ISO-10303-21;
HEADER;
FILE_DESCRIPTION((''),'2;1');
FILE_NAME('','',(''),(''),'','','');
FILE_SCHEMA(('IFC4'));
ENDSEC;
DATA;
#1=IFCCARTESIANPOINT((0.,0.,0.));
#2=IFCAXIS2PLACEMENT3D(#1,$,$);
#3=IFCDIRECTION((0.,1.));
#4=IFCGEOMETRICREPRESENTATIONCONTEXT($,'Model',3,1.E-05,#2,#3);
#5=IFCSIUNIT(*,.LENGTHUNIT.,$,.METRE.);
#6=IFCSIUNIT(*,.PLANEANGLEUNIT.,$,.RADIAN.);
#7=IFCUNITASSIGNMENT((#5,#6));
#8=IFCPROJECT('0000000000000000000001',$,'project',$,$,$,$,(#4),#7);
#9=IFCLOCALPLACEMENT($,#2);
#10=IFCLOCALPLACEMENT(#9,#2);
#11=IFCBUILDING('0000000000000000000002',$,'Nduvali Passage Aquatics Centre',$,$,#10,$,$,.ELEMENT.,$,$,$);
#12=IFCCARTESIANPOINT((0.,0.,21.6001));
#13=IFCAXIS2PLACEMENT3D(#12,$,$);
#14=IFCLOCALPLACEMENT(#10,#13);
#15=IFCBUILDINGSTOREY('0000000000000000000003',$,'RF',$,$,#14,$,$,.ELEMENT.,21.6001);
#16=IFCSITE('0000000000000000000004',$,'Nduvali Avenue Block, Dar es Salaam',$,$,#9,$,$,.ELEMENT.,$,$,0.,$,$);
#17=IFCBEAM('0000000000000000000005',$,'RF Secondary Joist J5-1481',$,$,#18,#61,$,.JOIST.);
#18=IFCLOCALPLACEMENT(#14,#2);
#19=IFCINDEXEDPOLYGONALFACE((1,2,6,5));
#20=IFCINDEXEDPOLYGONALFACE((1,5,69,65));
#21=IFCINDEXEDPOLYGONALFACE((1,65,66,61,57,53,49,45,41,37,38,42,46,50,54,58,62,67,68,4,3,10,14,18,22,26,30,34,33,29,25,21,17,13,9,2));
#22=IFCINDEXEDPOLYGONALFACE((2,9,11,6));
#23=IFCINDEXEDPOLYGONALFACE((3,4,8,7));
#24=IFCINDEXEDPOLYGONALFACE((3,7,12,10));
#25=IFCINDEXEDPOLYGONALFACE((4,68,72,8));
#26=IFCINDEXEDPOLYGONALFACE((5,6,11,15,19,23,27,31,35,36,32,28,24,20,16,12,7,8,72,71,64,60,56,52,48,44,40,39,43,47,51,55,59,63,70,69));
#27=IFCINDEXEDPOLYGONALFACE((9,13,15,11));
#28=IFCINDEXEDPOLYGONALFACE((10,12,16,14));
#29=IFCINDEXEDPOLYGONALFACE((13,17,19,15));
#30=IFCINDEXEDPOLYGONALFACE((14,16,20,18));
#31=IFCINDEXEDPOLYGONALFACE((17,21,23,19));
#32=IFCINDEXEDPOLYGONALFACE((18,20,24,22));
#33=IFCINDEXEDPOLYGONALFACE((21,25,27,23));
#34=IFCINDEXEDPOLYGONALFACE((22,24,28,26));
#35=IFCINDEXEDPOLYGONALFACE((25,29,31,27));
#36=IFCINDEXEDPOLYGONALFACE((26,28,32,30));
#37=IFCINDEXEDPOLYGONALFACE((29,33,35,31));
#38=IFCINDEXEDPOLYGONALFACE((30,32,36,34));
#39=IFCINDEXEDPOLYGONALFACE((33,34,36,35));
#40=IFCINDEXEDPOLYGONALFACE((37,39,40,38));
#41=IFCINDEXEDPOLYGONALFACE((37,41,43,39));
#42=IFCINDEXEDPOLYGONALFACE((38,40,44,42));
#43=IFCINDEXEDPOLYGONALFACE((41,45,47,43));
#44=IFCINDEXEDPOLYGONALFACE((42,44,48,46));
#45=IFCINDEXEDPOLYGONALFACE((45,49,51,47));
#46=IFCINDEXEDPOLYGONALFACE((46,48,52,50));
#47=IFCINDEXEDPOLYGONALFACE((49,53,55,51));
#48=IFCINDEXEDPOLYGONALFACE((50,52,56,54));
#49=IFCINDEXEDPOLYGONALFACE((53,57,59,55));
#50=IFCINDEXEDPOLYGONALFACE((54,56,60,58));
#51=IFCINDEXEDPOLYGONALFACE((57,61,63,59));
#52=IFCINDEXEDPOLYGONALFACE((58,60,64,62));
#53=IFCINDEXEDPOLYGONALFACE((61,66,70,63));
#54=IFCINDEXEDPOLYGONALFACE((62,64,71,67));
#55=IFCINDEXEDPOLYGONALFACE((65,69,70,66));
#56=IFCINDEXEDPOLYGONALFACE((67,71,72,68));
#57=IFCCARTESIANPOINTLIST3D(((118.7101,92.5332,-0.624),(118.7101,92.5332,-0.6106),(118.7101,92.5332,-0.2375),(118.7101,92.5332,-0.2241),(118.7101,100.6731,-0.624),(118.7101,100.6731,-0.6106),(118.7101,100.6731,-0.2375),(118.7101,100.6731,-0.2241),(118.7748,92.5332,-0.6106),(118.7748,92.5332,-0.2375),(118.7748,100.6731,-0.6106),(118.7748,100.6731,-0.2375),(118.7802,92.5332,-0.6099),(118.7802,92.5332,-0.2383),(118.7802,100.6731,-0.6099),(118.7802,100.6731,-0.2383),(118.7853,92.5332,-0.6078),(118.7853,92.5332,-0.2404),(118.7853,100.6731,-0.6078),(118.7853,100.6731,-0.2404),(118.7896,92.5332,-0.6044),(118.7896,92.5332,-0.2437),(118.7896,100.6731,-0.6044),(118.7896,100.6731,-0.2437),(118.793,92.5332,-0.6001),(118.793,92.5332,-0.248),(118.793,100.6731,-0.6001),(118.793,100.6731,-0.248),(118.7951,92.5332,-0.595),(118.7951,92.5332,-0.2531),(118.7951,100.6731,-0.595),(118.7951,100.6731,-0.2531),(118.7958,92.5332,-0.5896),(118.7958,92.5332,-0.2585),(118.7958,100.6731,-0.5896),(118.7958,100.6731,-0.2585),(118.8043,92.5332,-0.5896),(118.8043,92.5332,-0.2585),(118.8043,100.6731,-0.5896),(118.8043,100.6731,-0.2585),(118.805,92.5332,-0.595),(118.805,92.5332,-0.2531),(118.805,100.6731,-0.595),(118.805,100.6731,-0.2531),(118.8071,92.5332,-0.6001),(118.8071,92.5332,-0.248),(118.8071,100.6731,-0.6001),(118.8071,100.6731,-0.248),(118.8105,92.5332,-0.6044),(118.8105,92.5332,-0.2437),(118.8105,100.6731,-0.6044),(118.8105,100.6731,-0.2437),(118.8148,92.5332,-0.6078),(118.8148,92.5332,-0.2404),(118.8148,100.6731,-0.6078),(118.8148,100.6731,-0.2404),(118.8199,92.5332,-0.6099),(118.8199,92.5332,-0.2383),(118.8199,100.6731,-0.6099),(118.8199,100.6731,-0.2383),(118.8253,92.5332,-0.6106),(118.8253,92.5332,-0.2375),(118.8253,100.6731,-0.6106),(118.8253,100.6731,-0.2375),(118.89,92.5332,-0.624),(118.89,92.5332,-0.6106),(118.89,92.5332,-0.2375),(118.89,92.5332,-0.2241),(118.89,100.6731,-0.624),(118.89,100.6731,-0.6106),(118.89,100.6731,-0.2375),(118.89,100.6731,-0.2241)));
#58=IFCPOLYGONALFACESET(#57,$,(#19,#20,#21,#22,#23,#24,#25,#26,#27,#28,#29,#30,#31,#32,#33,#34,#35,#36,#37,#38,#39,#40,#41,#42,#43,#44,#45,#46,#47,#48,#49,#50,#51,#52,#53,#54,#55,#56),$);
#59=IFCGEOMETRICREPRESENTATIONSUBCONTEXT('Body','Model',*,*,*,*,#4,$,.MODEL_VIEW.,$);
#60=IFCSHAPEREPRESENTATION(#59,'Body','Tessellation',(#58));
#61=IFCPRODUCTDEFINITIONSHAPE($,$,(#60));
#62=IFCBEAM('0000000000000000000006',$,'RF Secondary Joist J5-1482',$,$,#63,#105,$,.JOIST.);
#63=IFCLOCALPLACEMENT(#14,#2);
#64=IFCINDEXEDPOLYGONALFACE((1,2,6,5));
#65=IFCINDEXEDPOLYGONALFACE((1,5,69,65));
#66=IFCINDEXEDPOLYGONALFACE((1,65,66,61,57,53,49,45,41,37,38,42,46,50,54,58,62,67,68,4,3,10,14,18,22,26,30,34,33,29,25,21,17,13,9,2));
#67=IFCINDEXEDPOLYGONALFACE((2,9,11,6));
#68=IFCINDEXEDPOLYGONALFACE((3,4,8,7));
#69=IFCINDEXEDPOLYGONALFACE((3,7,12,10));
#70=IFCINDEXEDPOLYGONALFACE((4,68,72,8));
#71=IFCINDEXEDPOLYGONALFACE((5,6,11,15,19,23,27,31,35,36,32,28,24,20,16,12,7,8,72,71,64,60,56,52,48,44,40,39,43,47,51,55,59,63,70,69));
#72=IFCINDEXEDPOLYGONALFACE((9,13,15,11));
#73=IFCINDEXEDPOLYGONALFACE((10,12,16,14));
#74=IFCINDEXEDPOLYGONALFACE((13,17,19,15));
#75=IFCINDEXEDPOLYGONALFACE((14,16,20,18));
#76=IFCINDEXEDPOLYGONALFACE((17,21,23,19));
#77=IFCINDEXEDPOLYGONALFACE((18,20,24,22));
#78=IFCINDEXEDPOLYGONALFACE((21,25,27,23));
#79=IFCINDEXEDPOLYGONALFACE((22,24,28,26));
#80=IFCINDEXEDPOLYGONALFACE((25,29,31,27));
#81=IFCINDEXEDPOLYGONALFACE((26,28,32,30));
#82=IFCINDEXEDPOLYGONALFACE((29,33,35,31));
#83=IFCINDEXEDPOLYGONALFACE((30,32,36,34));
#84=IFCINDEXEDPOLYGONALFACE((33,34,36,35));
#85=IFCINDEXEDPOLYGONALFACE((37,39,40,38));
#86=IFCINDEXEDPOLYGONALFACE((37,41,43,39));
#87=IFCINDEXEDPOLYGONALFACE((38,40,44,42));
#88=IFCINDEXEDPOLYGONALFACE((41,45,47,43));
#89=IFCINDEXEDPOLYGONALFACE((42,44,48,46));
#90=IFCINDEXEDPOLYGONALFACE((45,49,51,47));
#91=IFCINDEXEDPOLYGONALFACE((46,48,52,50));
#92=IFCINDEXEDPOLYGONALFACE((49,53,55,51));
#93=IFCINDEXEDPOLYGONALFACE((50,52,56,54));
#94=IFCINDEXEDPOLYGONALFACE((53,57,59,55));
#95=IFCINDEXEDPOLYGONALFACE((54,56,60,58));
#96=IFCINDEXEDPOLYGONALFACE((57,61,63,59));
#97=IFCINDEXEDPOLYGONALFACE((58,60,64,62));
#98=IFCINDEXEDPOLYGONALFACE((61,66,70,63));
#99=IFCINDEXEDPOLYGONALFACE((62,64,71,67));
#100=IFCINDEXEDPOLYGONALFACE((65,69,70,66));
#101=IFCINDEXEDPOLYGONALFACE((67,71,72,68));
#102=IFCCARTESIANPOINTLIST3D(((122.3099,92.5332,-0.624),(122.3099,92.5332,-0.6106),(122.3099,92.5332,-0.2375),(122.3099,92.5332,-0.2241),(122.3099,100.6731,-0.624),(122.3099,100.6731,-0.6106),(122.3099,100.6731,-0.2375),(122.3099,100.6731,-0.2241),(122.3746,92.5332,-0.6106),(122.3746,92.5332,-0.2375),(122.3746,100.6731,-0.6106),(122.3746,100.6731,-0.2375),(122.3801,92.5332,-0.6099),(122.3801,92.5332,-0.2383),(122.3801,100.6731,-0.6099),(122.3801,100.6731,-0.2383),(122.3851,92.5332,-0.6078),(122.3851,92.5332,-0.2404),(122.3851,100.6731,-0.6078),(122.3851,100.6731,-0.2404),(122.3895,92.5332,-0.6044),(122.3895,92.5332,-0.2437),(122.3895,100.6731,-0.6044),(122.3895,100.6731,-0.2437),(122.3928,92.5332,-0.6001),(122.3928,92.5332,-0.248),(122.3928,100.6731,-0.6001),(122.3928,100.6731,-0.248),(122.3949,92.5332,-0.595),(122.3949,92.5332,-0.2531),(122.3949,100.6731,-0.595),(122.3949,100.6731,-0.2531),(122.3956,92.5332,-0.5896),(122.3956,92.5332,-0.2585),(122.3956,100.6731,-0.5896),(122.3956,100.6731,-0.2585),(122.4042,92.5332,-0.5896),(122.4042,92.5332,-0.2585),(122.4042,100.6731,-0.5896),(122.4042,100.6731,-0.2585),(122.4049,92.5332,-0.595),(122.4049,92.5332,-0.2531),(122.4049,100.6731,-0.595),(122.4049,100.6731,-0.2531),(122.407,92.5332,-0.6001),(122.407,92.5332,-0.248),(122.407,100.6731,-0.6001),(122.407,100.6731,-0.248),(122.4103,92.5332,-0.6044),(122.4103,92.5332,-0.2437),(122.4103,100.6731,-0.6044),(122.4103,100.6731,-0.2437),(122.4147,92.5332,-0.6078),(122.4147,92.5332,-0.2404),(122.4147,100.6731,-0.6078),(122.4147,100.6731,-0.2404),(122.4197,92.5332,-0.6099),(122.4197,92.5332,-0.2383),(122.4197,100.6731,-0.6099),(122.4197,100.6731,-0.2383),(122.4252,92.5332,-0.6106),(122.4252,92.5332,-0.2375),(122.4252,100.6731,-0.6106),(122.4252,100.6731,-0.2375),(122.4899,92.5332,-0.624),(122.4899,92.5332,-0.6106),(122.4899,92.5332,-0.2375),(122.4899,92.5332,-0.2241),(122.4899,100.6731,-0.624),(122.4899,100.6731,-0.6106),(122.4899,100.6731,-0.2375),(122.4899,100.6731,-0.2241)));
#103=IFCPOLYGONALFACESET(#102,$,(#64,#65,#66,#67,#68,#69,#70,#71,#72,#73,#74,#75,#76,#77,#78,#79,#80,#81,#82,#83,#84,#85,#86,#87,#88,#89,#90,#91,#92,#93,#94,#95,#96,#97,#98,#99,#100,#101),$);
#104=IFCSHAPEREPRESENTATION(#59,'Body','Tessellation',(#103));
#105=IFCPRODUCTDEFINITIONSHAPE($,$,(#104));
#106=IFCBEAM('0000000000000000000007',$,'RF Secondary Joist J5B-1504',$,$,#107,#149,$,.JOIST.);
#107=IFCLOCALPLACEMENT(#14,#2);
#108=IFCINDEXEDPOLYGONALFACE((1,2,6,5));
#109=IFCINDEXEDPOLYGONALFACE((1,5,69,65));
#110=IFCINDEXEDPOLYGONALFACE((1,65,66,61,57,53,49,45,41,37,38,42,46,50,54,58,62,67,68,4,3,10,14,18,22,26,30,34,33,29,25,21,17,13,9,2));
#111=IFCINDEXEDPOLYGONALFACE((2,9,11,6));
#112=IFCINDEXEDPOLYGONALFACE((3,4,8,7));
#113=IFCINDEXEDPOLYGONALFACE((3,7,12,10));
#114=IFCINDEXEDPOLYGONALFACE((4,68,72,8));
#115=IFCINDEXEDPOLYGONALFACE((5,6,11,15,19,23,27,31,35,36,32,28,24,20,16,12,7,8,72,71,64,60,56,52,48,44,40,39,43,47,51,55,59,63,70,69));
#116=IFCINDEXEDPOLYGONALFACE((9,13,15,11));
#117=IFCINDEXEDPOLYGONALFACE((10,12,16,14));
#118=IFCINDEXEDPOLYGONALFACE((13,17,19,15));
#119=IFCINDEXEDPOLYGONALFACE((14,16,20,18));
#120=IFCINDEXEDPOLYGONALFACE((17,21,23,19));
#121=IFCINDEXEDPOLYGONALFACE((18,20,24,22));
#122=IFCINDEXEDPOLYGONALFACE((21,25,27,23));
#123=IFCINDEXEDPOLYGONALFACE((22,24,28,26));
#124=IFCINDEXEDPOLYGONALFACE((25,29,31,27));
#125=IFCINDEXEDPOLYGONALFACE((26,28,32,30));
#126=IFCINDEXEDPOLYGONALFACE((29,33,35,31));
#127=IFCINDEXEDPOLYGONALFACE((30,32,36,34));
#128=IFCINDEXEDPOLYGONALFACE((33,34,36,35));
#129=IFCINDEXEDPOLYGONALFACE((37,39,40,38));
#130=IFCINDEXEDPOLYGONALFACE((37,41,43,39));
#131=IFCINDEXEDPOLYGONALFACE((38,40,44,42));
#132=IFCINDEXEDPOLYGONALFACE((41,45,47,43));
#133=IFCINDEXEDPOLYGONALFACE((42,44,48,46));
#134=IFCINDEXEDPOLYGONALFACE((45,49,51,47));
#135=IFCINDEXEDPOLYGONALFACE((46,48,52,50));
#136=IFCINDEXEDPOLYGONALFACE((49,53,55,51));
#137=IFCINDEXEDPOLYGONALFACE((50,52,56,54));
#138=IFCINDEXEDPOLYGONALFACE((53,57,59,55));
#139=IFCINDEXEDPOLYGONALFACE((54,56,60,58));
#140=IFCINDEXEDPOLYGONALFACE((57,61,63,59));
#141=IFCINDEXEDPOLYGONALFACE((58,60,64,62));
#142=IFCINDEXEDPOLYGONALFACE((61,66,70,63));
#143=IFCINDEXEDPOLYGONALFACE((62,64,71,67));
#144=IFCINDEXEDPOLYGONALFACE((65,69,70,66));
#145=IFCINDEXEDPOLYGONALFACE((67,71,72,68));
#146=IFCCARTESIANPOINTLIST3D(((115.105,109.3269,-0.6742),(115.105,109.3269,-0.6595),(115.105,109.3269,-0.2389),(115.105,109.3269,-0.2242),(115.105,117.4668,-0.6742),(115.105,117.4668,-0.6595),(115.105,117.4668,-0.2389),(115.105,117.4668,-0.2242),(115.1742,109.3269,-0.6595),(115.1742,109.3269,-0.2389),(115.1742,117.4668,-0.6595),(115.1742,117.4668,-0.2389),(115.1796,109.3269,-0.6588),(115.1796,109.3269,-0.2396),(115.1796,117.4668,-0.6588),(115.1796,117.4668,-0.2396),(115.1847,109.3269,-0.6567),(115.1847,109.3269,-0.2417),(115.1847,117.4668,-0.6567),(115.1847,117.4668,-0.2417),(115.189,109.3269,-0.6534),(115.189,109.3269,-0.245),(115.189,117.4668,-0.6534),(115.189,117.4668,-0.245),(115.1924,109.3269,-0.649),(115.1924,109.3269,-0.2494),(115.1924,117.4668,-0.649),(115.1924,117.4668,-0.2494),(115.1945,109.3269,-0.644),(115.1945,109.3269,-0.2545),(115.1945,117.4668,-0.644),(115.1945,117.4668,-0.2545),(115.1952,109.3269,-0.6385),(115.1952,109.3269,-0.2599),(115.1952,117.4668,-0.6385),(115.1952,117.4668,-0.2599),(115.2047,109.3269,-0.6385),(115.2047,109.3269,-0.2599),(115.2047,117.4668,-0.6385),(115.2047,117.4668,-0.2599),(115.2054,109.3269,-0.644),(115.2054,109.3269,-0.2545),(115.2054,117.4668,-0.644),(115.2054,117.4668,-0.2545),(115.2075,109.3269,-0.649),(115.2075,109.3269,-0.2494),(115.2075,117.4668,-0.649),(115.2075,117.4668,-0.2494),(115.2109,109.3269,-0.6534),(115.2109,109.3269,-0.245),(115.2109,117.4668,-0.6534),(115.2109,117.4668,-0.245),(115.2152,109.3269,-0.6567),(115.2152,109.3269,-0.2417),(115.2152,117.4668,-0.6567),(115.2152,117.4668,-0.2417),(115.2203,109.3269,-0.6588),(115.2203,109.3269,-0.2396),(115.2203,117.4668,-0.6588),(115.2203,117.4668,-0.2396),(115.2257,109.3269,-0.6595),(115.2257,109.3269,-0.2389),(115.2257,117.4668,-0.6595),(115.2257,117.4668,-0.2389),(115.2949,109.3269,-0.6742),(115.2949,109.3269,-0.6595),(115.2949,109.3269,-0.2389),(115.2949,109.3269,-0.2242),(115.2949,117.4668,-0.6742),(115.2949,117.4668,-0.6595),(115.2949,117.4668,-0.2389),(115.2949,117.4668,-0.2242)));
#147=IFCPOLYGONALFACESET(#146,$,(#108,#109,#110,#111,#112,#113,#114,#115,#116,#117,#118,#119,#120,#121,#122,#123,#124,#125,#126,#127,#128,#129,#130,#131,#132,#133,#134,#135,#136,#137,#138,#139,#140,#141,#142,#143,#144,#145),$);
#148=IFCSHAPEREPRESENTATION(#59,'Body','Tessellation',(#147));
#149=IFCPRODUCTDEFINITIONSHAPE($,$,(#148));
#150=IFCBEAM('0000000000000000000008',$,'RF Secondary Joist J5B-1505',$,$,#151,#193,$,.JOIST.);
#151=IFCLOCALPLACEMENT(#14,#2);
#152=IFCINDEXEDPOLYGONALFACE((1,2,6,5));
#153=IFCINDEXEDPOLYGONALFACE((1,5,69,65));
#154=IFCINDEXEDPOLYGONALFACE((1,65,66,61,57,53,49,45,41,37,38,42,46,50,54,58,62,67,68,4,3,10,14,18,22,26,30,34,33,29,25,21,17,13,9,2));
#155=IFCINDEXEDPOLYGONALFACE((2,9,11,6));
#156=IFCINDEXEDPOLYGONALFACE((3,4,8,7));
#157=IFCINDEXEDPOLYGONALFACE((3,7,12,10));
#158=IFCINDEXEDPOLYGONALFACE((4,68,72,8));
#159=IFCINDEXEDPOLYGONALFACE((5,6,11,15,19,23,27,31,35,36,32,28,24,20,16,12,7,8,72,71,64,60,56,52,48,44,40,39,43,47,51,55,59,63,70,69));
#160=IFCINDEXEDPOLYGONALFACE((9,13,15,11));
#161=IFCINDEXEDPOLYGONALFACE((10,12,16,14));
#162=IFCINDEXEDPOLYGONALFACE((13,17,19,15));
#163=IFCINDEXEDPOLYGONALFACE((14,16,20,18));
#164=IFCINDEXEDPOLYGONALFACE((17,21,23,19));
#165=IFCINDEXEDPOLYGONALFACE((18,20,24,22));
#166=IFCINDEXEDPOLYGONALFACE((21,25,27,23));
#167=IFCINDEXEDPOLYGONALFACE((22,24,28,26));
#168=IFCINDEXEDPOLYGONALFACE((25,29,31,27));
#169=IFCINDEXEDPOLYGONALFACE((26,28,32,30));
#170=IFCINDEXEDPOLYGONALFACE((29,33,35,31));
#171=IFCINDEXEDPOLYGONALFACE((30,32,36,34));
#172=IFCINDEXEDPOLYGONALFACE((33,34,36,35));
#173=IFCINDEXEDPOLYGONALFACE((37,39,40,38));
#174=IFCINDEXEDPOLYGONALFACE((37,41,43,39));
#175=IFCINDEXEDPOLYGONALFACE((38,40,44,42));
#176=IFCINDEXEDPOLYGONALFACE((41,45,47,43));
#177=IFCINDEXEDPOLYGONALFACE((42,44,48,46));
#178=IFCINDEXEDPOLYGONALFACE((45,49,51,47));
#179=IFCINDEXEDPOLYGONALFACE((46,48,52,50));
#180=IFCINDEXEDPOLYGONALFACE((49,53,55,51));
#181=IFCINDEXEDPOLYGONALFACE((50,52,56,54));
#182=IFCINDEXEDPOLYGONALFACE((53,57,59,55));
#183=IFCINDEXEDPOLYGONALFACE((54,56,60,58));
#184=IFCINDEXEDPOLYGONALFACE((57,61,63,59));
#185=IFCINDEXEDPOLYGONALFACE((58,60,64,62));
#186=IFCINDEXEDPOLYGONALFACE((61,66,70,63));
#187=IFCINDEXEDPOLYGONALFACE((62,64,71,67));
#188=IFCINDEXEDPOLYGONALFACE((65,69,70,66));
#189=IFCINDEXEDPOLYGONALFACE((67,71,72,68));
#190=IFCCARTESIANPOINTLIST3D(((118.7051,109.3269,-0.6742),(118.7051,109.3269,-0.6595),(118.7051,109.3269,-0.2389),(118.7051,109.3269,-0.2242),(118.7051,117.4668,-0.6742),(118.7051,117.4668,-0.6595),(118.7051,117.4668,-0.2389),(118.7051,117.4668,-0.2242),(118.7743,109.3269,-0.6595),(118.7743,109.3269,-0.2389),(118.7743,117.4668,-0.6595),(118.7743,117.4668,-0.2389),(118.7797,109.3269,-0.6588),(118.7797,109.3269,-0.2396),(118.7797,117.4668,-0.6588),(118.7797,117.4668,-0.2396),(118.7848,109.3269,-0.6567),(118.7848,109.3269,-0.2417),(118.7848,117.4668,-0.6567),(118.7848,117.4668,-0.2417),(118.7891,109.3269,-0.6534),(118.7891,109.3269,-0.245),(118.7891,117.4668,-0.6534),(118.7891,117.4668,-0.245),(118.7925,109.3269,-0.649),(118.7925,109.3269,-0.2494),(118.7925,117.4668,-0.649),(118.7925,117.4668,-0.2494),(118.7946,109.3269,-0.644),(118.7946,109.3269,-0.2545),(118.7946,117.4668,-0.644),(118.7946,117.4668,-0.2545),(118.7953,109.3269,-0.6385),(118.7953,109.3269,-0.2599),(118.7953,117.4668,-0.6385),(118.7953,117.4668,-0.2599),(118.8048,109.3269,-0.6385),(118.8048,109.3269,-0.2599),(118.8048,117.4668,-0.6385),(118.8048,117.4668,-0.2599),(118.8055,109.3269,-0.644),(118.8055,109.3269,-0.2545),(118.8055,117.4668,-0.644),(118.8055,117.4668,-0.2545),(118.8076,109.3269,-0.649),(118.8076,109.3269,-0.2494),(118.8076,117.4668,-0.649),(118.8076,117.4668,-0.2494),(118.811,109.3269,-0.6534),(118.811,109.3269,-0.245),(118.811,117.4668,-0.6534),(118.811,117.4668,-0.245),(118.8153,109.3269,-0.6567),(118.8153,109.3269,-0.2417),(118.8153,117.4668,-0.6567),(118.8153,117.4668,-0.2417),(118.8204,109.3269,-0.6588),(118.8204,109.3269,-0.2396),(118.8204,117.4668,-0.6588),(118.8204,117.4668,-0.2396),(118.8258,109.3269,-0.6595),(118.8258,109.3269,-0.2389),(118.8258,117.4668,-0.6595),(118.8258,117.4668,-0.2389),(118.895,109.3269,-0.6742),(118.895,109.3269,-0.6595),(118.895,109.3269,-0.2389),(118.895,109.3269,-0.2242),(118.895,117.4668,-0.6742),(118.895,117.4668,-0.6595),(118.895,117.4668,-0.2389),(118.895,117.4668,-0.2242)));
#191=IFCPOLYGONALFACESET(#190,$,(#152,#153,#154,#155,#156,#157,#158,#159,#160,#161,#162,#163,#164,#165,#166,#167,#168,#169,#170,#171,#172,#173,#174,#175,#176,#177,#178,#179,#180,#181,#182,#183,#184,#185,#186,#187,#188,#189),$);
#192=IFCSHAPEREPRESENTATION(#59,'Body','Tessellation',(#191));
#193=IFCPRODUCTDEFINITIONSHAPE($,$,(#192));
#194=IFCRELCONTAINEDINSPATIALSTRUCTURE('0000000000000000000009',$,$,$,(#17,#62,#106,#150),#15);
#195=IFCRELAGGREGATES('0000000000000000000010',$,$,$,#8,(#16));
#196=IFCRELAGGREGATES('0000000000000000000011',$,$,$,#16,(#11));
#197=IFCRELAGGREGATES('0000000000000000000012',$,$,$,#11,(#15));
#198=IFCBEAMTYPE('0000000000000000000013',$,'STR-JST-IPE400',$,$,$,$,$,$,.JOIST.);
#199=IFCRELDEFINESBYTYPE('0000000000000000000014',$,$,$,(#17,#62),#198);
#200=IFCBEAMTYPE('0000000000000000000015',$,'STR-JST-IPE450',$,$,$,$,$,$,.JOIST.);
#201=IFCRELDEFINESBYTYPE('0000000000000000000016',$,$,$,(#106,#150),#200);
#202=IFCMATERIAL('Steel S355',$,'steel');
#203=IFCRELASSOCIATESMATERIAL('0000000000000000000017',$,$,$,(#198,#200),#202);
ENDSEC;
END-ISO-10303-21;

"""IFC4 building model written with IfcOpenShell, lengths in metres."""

from ifc_helpers import new_model, si_unit, direction, frame, origin, origin_2d, place, context, subcontext, project, spatial, i_section, extrude, material, material_profile, profile_set, type_object, element, save


model = new_model("IFC4")

# Units and contexts
model_context = context("Model", 3, precision=1e-05, world=origin(), true_north=direction((0.0, 1.0)))
body_context = subcontext(model_context, "Body", "Model", "MODEL_VIEW")
ifc_project = project(units=[si_unit("LENGTHUNIT", "METRE"), si_unit("PLANEANGLEUNIT", "RADIAN")], contexts=[model_context])

# Site, building, storey
site_placement = place(None, origin())
site = spatial("IfcSite", under=ifc_project, at=site_placement, Name="Nduvali Avenue Block, Dar es Salaam", CompositionType="ELEMENT", RefElevation=0.0)
building_placement = place(site_placement, origin())
building = spatial("IfcBuilding", under=site, at=building_placement, Name="Nduvali Passage Aquatics Centre", CompositionType="ELEMENT")
storey_placement = place(building_placement, frame((0.0, 0.0, 21.6001)))
storey = spatial("IfcBuildingStorey", under=building, at=storey_placement, Name="RF", CompositionType="ELEMENT", Elevation=21.6001)

# Beams
ifc_material_1 = material(Name="Steel S355", Category="steel")
ifc_material_profile_1 = material_profile(ifc_material_1, i_section(OverallWidth=0.1799, OverallDepth=0.3999, WebThickness=0.0085, FlangeThickness=0.0134, FilletRadius=0.021, at=origin_2d()), Name="IPE 400")
ifc_profile_set_1 = profile_set([ifc_material_profile_1], Name="Steel S355")
beam_type_1 = type_object("IfcBeamType", Name="STR-JST-IPE400", PredefinedType="JOIST", material=ifc_profile_set_1)
for number, where, z_axis, x_axis, name in (
    (1, (118.8, 92.5332, -0.4241), (0.0, 1.0, 0.0), (-1.0, 0.0, 0.0), "RF Secondary Joist J5-1481"),
    (2, (122.3999, 92.5332, -0.4241), (0.0, 1.0, 0.0), (-1.0, 0.0, 0.0), "RF Secondary Joist J5-1482"),
):
    element("IfcBeam", number, at=place(storey_placement, frame(where, z_axis=z_axis, x_axis=x_axis)), inside=storey, type_object=beam_type_1, Name=name, PredefinedType="JOIST", context=body_context, shape_type="SweptSolid", body=[
        extrude(i_section(OverallWidth=0.1799, OverallDepth=0.3999, WebThickness=0.0085, FlangeThickness=0.0134, FilletRadius=0.021, at=origin_2d()), origin(), (0.0, 0.0, 1.0), 8.1399),
    ])
ifc_material_profile_2 = material_profile(ifc_material_1, i_section(OverallWidth=0.1899, OverallDepth=0.45, WebThickness=0.0095, FlangeThickness=0.0146, FilletRadius=0.021, at=origin_2d()), Name="IPE 450")
ifc_profile_set_2 = profile_set([ifc_material_profile_2], Name="Steel S355")
beam_type_2 = type_object("IfcBeamType", Name="STR-JST-IPE450", PredefinedType="JOIST", material=ifc_profile_set_2)
for number, where, z_axis, x_axis, name in (
    (3, (115.2, 109.3269, -0.4492), (0.0, 1.0, 0.0), (-1.0, 0.0, 0.0), "RF Secondary Joist J5B-1504"),
    (4, (118.8, 109.3269, -0.4492), (0.0, 1.0, 0.0), (-1.0, 0.0, 0.0), "RF Secondary Joist J5B-1505"),
):
    element("IfcBeam", number, at=place(storey_placement, frame(where, z_axis=z_axis, x_axis=x_axis)), inside=storey, type_object=beam_type_2, Name=name, PredefinedType="JOIST", context=body_context, shape_type="SweptSolid", body=[
        extrude(i_section(OverallWidth=0.1899, OverallDepth=0.45, WebThickness=0.0095, FlangeThickness=0.0146, FilletRadius=0.021, at=origin_2d()), origin(), (0.0, 0.0, 1.0), 8.1399),
    ])

save(model, "model.ifc")
